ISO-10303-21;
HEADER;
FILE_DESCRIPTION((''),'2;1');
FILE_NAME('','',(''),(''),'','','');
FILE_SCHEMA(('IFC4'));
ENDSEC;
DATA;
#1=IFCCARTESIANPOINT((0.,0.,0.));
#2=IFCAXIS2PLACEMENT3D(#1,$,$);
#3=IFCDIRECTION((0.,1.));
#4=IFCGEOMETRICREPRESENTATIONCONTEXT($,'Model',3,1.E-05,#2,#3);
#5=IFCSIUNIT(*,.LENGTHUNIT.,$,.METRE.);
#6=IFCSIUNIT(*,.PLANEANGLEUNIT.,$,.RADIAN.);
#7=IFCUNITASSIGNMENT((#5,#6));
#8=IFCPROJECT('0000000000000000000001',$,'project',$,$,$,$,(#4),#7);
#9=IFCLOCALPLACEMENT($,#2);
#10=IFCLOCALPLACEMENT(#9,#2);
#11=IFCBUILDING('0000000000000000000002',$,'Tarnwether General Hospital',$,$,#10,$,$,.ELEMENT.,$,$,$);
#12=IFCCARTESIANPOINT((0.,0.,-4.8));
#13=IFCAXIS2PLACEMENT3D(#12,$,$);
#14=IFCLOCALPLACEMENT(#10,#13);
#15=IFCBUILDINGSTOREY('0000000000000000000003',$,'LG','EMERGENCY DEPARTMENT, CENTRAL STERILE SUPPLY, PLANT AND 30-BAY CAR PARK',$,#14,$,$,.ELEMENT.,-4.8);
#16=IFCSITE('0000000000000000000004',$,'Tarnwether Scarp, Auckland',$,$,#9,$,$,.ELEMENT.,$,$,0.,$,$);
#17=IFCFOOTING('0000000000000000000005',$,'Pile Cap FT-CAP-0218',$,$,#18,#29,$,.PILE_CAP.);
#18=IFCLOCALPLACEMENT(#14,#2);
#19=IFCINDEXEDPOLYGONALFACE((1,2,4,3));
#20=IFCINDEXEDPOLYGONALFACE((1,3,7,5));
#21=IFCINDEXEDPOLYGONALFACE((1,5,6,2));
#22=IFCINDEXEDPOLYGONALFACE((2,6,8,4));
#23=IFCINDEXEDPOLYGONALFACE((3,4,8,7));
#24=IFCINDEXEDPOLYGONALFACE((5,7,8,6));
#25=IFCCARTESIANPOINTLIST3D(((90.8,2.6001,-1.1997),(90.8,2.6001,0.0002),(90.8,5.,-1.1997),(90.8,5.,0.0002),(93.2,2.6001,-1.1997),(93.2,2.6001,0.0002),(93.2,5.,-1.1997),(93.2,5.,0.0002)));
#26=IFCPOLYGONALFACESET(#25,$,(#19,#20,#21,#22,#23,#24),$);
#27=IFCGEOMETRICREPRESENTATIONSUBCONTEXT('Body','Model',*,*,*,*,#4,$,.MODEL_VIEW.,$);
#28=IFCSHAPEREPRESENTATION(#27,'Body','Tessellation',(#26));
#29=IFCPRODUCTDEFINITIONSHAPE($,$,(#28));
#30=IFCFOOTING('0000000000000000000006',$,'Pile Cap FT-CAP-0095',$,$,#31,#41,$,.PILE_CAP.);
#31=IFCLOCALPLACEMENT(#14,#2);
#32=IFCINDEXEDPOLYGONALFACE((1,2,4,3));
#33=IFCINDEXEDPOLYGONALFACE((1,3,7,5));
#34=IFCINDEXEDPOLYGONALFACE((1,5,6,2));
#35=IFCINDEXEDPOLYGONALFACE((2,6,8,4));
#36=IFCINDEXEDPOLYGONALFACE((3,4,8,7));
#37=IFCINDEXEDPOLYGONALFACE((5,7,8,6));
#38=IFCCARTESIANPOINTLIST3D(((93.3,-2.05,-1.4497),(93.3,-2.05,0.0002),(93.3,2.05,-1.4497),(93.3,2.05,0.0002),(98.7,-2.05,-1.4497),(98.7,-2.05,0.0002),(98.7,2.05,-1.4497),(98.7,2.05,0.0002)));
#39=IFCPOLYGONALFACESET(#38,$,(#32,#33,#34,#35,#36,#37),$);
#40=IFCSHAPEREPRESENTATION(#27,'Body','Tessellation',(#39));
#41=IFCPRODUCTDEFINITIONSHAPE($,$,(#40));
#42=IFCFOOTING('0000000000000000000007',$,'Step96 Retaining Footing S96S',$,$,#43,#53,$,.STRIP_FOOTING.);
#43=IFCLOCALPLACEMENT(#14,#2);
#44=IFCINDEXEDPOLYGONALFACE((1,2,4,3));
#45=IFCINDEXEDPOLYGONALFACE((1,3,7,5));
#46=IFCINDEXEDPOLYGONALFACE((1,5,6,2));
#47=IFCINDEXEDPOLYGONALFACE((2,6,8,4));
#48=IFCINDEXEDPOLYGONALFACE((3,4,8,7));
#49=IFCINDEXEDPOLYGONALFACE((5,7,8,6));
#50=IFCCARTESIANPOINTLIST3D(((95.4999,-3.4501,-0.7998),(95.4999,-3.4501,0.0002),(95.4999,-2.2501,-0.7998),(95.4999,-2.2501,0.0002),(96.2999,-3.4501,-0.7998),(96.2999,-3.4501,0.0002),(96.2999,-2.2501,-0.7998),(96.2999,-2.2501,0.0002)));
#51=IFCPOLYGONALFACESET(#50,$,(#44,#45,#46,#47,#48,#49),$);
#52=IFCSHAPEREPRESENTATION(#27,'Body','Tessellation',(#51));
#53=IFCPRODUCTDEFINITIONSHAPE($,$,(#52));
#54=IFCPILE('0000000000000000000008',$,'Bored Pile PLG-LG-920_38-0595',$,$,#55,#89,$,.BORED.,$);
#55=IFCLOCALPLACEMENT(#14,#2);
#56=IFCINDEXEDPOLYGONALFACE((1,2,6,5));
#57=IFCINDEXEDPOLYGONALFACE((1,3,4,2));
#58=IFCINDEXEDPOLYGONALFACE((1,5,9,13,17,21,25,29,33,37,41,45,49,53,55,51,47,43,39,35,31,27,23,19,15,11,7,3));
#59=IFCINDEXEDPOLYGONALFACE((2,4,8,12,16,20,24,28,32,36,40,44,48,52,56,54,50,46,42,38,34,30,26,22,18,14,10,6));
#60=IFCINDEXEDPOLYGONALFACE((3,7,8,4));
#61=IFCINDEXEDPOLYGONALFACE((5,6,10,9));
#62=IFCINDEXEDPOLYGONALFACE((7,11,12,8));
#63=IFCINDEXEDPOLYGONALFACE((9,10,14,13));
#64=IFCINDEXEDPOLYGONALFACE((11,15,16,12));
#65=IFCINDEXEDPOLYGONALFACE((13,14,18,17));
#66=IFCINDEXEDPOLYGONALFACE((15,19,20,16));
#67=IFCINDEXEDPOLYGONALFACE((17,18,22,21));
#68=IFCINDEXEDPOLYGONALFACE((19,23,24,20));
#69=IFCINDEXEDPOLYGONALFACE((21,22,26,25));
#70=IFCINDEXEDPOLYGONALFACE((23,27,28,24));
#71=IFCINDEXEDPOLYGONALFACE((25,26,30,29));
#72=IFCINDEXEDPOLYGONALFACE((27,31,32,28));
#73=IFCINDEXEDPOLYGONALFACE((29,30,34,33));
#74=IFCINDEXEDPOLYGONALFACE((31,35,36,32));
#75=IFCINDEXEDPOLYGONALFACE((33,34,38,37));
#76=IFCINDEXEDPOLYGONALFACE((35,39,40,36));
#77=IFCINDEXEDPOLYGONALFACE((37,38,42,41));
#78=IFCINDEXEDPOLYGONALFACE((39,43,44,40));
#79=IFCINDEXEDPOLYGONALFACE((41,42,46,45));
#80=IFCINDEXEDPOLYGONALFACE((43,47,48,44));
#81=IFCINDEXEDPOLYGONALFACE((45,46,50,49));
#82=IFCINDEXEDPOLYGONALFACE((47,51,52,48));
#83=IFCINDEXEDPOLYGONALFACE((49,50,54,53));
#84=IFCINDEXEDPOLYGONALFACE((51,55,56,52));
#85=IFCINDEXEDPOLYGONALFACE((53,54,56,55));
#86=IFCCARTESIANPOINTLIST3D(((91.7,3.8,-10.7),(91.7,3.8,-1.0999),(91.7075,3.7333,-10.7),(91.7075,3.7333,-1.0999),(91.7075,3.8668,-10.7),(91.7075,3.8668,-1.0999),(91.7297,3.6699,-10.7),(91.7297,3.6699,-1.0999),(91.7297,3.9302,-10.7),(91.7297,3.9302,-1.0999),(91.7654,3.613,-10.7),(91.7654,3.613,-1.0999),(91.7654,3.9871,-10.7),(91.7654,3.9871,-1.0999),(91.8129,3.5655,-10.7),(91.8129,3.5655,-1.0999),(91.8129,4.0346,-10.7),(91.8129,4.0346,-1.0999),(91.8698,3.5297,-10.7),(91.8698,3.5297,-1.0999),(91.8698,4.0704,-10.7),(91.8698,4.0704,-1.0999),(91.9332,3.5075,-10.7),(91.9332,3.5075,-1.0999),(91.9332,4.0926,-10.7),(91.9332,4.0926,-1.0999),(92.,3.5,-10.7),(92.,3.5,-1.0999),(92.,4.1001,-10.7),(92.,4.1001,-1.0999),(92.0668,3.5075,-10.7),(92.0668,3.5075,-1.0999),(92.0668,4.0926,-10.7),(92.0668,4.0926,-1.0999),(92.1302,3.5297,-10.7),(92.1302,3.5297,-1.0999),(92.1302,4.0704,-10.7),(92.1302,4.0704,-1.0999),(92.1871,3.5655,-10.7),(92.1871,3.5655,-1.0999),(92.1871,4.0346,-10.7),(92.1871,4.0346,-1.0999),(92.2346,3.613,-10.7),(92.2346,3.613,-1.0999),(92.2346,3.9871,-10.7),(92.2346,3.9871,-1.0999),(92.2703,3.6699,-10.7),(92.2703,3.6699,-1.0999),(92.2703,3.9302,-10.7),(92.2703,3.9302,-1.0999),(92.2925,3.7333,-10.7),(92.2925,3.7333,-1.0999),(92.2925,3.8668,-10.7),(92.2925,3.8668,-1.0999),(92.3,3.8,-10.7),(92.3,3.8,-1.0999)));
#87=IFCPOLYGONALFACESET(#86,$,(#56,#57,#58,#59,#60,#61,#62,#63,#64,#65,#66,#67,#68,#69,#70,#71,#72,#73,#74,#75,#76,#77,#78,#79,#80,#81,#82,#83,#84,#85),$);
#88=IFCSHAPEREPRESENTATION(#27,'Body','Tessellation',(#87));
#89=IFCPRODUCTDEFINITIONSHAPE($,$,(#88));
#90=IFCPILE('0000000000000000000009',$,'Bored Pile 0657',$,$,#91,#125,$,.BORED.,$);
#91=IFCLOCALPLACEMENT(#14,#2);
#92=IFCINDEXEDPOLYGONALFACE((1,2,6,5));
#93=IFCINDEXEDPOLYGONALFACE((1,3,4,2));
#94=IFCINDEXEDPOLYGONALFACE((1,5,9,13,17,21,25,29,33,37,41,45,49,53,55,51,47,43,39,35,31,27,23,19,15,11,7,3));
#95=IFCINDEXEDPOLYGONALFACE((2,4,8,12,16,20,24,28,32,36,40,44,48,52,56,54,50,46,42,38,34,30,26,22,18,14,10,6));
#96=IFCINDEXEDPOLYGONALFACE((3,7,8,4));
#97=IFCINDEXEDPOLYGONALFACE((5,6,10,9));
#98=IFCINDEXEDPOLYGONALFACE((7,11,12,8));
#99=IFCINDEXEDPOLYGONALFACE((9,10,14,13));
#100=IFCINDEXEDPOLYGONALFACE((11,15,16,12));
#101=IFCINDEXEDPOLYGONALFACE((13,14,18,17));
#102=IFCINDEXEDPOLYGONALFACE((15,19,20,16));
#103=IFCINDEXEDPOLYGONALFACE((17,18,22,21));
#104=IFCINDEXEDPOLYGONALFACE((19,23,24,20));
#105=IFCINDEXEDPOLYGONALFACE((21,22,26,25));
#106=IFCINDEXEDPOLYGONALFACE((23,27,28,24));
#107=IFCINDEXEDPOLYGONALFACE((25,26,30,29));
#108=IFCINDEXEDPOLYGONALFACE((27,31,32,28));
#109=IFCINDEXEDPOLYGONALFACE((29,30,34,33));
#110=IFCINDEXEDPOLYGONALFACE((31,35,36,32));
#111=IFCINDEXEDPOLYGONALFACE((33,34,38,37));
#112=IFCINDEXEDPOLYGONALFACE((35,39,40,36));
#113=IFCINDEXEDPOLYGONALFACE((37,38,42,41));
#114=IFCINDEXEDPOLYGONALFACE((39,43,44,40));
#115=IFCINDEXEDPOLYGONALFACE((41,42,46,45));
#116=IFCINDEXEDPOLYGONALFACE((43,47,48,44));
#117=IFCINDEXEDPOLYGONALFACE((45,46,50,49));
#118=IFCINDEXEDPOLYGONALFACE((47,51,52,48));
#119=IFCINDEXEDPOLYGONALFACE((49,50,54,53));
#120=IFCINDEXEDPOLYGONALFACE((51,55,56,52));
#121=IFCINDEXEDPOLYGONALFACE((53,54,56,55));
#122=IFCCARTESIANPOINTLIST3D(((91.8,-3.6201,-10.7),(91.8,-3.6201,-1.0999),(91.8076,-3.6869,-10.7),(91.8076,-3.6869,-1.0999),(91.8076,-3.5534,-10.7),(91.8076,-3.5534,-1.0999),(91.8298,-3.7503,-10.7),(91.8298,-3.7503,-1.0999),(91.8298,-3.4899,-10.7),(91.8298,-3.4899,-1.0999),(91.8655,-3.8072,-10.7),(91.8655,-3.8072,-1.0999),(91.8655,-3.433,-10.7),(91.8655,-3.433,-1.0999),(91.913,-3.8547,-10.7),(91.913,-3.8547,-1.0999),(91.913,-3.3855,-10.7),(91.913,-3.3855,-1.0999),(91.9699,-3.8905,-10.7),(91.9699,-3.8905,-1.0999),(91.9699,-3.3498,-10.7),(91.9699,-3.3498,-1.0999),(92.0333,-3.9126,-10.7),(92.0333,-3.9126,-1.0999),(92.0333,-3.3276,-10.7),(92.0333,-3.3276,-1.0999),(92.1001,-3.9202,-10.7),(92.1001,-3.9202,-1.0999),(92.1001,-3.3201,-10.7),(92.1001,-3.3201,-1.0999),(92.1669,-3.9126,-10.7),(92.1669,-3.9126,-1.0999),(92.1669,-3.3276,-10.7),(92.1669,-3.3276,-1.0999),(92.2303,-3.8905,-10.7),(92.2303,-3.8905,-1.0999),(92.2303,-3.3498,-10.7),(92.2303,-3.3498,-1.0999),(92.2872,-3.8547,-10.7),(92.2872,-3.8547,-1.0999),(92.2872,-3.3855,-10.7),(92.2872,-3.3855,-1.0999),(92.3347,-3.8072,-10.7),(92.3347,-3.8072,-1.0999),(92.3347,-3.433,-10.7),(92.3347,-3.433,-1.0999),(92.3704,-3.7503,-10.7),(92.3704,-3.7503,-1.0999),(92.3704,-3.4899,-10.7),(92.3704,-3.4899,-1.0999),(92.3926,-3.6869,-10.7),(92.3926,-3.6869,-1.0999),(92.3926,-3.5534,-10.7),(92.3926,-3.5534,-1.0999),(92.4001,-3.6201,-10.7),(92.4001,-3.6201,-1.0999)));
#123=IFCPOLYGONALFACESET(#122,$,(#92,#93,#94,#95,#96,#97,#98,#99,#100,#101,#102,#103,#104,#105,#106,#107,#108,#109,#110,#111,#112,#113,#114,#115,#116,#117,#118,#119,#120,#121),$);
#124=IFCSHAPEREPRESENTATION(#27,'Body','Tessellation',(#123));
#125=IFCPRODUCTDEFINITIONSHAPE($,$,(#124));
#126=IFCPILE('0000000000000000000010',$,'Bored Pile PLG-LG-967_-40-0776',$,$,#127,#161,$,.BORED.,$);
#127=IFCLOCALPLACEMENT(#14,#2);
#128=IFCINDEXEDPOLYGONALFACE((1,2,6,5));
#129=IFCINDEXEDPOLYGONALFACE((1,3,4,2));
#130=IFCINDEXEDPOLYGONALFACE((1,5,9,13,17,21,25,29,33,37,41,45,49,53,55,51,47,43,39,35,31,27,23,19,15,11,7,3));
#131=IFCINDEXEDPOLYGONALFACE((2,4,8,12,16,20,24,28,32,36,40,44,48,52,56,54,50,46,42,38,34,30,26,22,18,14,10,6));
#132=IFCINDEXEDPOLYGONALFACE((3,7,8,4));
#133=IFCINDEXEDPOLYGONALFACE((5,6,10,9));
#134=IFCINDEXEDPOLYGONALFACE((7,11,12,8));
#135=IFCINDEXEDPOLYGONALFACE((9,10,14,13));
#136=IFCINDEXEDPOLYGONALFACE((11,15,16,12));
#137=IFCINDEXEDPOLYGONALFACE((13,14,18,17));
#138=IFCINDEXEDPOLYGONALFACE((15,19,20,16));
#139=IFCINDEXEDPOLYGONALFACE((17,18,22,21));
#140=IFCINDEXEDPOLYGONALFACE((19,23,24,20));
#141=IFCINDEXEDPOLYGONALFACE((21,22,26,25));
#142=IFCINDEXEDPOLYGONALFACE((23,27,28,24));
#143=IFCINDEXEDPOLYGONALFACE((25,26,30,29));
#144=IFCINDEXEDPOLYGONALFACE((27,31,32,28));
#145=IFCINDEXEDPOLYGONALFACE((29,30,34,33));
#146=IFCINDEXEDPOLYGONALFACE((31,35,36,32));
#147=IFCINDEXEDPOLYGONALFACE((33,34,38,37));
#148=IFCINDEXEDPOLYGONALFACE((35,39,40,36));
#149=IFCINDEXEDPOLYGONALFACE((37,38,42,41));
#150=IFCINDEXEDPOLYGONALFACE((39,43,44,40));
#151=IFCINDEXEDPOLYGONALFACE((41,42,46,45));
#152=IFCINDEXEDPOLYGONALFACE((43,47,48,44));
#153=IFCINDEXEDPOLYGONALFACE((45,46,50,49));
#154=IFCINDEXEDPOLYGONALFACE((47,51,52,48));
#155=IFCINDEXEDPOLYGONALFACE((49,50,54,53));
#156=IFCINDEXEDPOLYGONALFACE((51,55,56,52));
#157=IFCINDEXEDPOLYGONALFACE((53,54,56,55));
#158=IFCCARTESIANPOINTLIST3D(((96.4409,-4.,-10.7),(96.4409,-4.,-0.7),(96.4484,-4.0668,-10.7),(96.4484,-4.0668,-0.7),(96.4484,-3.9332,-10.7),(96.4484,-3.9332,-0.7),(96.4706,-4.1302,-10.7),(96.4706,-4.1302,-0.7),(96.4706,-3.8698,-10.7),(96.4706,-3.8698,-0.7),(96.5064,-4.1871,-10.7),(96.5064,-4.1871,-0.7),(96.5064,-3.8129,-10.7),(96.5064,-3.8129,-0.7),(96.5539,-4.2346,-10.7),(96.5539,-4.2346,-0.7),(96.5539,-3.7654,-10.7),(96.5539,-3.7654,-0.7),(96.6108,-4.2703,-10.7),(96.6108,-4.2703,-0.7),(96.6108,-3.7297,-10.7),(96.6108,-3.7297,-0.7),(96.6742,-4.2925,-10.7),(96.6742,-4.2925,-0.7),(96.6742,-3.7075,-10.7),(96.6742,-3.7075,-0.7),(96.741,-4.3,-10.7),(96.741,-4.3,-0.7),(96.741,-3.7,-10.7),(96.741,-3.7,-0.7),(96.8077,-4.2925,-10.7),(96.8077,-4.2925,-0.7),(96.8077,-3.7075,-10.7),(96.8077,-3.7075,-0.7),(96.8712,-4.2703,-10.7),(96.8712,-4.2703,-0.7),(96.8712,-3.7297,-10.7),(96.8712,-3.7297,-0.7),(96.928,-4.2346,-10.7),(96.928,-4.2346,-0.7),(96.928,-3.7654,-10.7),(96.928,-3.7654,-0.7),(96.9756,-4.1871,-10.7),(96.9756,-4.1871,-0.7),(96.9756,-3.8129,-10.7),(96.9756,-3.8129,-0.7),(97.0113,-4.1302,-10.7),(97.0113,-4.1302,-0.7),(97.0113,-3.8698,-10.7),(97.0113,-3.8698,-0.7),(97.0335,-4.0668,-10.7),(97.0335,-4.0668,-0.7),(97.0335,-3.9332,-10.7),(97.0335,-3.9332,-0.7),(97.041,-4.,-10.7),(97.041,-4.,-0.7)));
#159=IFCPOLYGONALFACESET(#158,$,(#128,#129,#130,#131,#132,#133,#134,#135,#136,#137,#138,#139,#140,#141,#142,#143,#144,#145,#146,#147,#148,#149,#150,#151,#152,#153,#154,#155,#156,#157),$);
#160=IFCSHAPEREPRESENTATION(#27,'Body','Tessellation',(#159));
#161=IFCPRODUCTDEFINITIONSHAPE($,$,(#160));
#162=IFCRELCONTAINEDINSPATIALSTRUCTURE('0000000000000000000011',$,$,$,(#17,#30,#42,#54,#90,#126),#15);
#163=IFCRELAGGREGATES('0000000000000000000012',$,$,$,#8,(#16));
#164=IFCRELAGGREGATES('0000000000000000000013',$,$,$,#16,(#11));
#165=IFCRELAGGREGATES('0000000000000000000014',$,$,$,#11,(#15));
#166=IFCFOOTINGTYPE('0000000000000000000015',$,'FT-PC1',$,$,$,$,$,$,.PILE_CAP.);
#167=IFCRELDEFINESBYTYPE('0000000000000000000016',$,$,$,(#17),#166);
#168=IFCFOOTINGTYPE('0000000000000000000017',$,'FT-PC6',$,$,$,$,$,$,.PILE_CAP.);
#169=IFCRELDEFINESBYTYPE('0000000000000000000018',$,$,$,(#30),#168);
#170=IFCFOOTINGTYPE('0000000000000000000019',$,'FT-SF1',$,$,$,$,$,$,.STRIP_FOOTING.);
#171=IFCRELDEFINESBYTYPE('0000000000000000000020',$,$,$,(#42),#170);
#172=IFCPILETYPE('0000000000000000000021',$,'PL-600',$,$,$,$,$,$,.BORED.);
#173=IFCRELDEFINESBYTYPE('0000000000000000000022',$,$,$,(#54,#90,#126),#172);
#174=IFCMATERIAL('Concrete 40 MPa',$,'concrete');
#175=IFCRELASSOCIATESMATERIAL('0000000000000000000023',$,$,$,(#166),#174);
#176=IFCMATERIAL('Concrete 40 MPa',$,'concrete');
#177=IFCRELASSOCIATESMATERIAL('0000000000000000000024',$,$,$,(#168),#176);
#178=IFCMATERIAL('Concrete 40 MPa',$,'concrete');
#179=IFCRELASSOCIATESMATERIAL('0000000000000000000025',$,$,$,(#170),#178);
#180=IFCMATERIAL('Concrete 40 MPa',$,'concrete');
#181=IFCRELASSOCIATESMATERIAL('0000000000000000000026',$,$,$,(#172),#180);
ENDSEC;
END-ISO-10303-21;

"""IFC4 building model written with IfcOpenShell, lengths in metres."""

from ifc_helpers import new_model, si_unit, direction, frame, origin, origin_2d, place, context, subcontext, project, spatial, rectangle, circle, extrude, material, material_profile, profile_set, type_object, element, save


model = new_model("IFC4")

# Units and contexts
model_context = context("Model", 3, precision=1e-05, world=origin(), true_north=direction((0.0, 1.0)))
body_context = subcontext(model_context, "Body", "Model", "MODEL_VIEW")
ifc_project = project(units=[si_unit("LENGTHUNIT", "METRE"), si_unit("PLANEANGLEUNIT", "RADIAN")], contexts=[model_context])

# Site, building, storey
site_placement = place(None, origin())
site = spatial("IfcSite", under=ifc_project, at=site_placement, Name="Tarnwether Scarp, Auckland", CompositionType="ELEMENT", RefElevation=0.0)
building_placement = place(site_placement, origin())
building = spatial("IfcBuilding", under=site, at=building_placement, Name="Tarnwether General Hospital", CompositionType="ELEMENT")
storey_placement = place(building_placement, frame((0.0, 0.0, -4.8)))
storey = spatial("IfcBuildingStorey", under=building, at=storey_placement, Name="LG", Description="EMERGENCY DEPARTMENT, CENTRAL STERILE SUPPLY, PLANT AND 30-BAY CAR PARK", CompositionType="ELEMENT", Elevation=-4.8)

# Footings
ifc_material_1 = material(Name="Concrete 40 MPa", Category="concrete")
footing_type_1 = type_object("IfcFootingType", Name="FT-PC1", PredefinedType="PILE_CAP", material=ifc_material_1)
footing_1_placement = place(storey_placement, frame((92.0, 3.8, -1.1997), z_axis=(0.0, 0.0, 1.0), x_axis=(1.0, 0.0, 0.0)))
element("IfcFooting", 1, at=footing_1_placement, inside=storey, type_object=footing_type_1, Name="Pile Cap FT-CAP-0218", PredefinedType="PILE_CAP", context=body_context, shape_type="SweptSolid", body=[
    extrude(rectangle(XDim=2.3999, YDim=2.3999, at=origin_2d()), origin(), (0.0, 0.0, 1.0), 1.2),
])
ifc_material_2 = material(Name="Concrete 40 MPa", Category="concrete")
footing_type_2 = type_object("IfcFootingType", Name="FT-PC6", PredefinedType="PILE_CAP", material=ifc_material_2)
footing_2_placement = place(storey_placement, frame((96.0, 0.0, -1.4497), z_axis=(0.0, 0.0, 1.0), x_axis=(1.0, 0.0, 0.0)))
element("IfcFooting", 2, at=footing_2_placement, inside=storey, type_object=footing_type_2, Name="Pile Cap FT-CAP-0095", PredefinedType="PILE_CAP", context=body_context, shape_type="SweptSolid", body=[
    extrude(rectangle(XDim=5.3999, YDim=4.1001, at=origin_2d()), origin(), (0.0, 0.0, 1.0), 1.45),
])
ifc_material_3 = material(Name="Concrete 40 MPa", Category="concrete")
footing_type_3 = type_object("IfcFootingType", Name="FT-SF1", PredefinedType="STRIP_FOOTING", material=ifc_material_3)
footing_3_placement = place(storey_placement, frame((95.8999, -2.8501, -0.7998), z_axis=(0.0, 0.0, 1.0), x_axis=(0.0, 1.0, 0.0)))
element("IfcFooting", 3, at=footing_3_placement, inside=storey, type_object=footing_type_3, Name="Step96 Retaining Footing S96S", PredefinedType="STRIP_FOOTING", context=body_context, shape_type="SweptSolid", body=[
    extrude(rectangle(XDim=1.2, YDim=0.8, at=origin_2d()), origin(), (0.0, 0.0, 1.0), 0.8),
])

# Piles
ifc_material_4 = material(Name="Concrete 40 MPa", Category="concrete")
ifc_material_profile_1 = material_profile(ifc_material_4, circle(Radius=0.3, at=origin_2d()), Name="PILE-D600")
ifc_profile_set_1 = profile_set([ifc_material_profile_1], Name="Concrete 40 MPa")
pile_type_1 = type_object("IfcPileType", Name="PL-600", PredefinedType="BORED", material=ifc_profile_set_1)
for number, where, z_axis, x_axis, name in (
    (4, (92.0, 3.8, -1.0999), (0.0, 0.0, -1.0), (1.0, 0.0, 0.0), "Bored Pile PLG-LG-920_38-0595"),
    (5, (92.1001, -3.6201, -1.0999), (0.0, 0.0, -1.0), (1.0, 0.0, 0.0), "Bored Pile 0657"),
):
    element("IfcPile", number, at=place(storey_placement, frame(where, z_axis=z_axis, x_axis=x_axis)), inside=storey, type_object=pile_type_1, Name=name, PredefinedType="BORED", context=body_context, shape_type="SweptSolid", body=[
        extrude(circle(Radius=0.3, at=origin_2d()), origin(), (0.0, 0.0, 1.0), 9.6001),
    ])
pile_placement = place(storey_placement, frame((96.741, -4.0, -0.7), z_axis=(0.0, 0.0, -1.0), x_axis=(1.0, 0.0, 0.0)))
element("IfcPile", 6, at=pile_placement, inside=storey, type_object=pile_type_1, Name="Bored Pile PLG-LG-967_-40-0776", PredefinedType="BORED", context=body_context, shape_type="SweptSolid", body=[
    extrude(circle(Radius=0.3, at=origin_2d()), origin(), (0.0, 0.0, 1.0), 10.0),
])

save(model, "model.ifc")
